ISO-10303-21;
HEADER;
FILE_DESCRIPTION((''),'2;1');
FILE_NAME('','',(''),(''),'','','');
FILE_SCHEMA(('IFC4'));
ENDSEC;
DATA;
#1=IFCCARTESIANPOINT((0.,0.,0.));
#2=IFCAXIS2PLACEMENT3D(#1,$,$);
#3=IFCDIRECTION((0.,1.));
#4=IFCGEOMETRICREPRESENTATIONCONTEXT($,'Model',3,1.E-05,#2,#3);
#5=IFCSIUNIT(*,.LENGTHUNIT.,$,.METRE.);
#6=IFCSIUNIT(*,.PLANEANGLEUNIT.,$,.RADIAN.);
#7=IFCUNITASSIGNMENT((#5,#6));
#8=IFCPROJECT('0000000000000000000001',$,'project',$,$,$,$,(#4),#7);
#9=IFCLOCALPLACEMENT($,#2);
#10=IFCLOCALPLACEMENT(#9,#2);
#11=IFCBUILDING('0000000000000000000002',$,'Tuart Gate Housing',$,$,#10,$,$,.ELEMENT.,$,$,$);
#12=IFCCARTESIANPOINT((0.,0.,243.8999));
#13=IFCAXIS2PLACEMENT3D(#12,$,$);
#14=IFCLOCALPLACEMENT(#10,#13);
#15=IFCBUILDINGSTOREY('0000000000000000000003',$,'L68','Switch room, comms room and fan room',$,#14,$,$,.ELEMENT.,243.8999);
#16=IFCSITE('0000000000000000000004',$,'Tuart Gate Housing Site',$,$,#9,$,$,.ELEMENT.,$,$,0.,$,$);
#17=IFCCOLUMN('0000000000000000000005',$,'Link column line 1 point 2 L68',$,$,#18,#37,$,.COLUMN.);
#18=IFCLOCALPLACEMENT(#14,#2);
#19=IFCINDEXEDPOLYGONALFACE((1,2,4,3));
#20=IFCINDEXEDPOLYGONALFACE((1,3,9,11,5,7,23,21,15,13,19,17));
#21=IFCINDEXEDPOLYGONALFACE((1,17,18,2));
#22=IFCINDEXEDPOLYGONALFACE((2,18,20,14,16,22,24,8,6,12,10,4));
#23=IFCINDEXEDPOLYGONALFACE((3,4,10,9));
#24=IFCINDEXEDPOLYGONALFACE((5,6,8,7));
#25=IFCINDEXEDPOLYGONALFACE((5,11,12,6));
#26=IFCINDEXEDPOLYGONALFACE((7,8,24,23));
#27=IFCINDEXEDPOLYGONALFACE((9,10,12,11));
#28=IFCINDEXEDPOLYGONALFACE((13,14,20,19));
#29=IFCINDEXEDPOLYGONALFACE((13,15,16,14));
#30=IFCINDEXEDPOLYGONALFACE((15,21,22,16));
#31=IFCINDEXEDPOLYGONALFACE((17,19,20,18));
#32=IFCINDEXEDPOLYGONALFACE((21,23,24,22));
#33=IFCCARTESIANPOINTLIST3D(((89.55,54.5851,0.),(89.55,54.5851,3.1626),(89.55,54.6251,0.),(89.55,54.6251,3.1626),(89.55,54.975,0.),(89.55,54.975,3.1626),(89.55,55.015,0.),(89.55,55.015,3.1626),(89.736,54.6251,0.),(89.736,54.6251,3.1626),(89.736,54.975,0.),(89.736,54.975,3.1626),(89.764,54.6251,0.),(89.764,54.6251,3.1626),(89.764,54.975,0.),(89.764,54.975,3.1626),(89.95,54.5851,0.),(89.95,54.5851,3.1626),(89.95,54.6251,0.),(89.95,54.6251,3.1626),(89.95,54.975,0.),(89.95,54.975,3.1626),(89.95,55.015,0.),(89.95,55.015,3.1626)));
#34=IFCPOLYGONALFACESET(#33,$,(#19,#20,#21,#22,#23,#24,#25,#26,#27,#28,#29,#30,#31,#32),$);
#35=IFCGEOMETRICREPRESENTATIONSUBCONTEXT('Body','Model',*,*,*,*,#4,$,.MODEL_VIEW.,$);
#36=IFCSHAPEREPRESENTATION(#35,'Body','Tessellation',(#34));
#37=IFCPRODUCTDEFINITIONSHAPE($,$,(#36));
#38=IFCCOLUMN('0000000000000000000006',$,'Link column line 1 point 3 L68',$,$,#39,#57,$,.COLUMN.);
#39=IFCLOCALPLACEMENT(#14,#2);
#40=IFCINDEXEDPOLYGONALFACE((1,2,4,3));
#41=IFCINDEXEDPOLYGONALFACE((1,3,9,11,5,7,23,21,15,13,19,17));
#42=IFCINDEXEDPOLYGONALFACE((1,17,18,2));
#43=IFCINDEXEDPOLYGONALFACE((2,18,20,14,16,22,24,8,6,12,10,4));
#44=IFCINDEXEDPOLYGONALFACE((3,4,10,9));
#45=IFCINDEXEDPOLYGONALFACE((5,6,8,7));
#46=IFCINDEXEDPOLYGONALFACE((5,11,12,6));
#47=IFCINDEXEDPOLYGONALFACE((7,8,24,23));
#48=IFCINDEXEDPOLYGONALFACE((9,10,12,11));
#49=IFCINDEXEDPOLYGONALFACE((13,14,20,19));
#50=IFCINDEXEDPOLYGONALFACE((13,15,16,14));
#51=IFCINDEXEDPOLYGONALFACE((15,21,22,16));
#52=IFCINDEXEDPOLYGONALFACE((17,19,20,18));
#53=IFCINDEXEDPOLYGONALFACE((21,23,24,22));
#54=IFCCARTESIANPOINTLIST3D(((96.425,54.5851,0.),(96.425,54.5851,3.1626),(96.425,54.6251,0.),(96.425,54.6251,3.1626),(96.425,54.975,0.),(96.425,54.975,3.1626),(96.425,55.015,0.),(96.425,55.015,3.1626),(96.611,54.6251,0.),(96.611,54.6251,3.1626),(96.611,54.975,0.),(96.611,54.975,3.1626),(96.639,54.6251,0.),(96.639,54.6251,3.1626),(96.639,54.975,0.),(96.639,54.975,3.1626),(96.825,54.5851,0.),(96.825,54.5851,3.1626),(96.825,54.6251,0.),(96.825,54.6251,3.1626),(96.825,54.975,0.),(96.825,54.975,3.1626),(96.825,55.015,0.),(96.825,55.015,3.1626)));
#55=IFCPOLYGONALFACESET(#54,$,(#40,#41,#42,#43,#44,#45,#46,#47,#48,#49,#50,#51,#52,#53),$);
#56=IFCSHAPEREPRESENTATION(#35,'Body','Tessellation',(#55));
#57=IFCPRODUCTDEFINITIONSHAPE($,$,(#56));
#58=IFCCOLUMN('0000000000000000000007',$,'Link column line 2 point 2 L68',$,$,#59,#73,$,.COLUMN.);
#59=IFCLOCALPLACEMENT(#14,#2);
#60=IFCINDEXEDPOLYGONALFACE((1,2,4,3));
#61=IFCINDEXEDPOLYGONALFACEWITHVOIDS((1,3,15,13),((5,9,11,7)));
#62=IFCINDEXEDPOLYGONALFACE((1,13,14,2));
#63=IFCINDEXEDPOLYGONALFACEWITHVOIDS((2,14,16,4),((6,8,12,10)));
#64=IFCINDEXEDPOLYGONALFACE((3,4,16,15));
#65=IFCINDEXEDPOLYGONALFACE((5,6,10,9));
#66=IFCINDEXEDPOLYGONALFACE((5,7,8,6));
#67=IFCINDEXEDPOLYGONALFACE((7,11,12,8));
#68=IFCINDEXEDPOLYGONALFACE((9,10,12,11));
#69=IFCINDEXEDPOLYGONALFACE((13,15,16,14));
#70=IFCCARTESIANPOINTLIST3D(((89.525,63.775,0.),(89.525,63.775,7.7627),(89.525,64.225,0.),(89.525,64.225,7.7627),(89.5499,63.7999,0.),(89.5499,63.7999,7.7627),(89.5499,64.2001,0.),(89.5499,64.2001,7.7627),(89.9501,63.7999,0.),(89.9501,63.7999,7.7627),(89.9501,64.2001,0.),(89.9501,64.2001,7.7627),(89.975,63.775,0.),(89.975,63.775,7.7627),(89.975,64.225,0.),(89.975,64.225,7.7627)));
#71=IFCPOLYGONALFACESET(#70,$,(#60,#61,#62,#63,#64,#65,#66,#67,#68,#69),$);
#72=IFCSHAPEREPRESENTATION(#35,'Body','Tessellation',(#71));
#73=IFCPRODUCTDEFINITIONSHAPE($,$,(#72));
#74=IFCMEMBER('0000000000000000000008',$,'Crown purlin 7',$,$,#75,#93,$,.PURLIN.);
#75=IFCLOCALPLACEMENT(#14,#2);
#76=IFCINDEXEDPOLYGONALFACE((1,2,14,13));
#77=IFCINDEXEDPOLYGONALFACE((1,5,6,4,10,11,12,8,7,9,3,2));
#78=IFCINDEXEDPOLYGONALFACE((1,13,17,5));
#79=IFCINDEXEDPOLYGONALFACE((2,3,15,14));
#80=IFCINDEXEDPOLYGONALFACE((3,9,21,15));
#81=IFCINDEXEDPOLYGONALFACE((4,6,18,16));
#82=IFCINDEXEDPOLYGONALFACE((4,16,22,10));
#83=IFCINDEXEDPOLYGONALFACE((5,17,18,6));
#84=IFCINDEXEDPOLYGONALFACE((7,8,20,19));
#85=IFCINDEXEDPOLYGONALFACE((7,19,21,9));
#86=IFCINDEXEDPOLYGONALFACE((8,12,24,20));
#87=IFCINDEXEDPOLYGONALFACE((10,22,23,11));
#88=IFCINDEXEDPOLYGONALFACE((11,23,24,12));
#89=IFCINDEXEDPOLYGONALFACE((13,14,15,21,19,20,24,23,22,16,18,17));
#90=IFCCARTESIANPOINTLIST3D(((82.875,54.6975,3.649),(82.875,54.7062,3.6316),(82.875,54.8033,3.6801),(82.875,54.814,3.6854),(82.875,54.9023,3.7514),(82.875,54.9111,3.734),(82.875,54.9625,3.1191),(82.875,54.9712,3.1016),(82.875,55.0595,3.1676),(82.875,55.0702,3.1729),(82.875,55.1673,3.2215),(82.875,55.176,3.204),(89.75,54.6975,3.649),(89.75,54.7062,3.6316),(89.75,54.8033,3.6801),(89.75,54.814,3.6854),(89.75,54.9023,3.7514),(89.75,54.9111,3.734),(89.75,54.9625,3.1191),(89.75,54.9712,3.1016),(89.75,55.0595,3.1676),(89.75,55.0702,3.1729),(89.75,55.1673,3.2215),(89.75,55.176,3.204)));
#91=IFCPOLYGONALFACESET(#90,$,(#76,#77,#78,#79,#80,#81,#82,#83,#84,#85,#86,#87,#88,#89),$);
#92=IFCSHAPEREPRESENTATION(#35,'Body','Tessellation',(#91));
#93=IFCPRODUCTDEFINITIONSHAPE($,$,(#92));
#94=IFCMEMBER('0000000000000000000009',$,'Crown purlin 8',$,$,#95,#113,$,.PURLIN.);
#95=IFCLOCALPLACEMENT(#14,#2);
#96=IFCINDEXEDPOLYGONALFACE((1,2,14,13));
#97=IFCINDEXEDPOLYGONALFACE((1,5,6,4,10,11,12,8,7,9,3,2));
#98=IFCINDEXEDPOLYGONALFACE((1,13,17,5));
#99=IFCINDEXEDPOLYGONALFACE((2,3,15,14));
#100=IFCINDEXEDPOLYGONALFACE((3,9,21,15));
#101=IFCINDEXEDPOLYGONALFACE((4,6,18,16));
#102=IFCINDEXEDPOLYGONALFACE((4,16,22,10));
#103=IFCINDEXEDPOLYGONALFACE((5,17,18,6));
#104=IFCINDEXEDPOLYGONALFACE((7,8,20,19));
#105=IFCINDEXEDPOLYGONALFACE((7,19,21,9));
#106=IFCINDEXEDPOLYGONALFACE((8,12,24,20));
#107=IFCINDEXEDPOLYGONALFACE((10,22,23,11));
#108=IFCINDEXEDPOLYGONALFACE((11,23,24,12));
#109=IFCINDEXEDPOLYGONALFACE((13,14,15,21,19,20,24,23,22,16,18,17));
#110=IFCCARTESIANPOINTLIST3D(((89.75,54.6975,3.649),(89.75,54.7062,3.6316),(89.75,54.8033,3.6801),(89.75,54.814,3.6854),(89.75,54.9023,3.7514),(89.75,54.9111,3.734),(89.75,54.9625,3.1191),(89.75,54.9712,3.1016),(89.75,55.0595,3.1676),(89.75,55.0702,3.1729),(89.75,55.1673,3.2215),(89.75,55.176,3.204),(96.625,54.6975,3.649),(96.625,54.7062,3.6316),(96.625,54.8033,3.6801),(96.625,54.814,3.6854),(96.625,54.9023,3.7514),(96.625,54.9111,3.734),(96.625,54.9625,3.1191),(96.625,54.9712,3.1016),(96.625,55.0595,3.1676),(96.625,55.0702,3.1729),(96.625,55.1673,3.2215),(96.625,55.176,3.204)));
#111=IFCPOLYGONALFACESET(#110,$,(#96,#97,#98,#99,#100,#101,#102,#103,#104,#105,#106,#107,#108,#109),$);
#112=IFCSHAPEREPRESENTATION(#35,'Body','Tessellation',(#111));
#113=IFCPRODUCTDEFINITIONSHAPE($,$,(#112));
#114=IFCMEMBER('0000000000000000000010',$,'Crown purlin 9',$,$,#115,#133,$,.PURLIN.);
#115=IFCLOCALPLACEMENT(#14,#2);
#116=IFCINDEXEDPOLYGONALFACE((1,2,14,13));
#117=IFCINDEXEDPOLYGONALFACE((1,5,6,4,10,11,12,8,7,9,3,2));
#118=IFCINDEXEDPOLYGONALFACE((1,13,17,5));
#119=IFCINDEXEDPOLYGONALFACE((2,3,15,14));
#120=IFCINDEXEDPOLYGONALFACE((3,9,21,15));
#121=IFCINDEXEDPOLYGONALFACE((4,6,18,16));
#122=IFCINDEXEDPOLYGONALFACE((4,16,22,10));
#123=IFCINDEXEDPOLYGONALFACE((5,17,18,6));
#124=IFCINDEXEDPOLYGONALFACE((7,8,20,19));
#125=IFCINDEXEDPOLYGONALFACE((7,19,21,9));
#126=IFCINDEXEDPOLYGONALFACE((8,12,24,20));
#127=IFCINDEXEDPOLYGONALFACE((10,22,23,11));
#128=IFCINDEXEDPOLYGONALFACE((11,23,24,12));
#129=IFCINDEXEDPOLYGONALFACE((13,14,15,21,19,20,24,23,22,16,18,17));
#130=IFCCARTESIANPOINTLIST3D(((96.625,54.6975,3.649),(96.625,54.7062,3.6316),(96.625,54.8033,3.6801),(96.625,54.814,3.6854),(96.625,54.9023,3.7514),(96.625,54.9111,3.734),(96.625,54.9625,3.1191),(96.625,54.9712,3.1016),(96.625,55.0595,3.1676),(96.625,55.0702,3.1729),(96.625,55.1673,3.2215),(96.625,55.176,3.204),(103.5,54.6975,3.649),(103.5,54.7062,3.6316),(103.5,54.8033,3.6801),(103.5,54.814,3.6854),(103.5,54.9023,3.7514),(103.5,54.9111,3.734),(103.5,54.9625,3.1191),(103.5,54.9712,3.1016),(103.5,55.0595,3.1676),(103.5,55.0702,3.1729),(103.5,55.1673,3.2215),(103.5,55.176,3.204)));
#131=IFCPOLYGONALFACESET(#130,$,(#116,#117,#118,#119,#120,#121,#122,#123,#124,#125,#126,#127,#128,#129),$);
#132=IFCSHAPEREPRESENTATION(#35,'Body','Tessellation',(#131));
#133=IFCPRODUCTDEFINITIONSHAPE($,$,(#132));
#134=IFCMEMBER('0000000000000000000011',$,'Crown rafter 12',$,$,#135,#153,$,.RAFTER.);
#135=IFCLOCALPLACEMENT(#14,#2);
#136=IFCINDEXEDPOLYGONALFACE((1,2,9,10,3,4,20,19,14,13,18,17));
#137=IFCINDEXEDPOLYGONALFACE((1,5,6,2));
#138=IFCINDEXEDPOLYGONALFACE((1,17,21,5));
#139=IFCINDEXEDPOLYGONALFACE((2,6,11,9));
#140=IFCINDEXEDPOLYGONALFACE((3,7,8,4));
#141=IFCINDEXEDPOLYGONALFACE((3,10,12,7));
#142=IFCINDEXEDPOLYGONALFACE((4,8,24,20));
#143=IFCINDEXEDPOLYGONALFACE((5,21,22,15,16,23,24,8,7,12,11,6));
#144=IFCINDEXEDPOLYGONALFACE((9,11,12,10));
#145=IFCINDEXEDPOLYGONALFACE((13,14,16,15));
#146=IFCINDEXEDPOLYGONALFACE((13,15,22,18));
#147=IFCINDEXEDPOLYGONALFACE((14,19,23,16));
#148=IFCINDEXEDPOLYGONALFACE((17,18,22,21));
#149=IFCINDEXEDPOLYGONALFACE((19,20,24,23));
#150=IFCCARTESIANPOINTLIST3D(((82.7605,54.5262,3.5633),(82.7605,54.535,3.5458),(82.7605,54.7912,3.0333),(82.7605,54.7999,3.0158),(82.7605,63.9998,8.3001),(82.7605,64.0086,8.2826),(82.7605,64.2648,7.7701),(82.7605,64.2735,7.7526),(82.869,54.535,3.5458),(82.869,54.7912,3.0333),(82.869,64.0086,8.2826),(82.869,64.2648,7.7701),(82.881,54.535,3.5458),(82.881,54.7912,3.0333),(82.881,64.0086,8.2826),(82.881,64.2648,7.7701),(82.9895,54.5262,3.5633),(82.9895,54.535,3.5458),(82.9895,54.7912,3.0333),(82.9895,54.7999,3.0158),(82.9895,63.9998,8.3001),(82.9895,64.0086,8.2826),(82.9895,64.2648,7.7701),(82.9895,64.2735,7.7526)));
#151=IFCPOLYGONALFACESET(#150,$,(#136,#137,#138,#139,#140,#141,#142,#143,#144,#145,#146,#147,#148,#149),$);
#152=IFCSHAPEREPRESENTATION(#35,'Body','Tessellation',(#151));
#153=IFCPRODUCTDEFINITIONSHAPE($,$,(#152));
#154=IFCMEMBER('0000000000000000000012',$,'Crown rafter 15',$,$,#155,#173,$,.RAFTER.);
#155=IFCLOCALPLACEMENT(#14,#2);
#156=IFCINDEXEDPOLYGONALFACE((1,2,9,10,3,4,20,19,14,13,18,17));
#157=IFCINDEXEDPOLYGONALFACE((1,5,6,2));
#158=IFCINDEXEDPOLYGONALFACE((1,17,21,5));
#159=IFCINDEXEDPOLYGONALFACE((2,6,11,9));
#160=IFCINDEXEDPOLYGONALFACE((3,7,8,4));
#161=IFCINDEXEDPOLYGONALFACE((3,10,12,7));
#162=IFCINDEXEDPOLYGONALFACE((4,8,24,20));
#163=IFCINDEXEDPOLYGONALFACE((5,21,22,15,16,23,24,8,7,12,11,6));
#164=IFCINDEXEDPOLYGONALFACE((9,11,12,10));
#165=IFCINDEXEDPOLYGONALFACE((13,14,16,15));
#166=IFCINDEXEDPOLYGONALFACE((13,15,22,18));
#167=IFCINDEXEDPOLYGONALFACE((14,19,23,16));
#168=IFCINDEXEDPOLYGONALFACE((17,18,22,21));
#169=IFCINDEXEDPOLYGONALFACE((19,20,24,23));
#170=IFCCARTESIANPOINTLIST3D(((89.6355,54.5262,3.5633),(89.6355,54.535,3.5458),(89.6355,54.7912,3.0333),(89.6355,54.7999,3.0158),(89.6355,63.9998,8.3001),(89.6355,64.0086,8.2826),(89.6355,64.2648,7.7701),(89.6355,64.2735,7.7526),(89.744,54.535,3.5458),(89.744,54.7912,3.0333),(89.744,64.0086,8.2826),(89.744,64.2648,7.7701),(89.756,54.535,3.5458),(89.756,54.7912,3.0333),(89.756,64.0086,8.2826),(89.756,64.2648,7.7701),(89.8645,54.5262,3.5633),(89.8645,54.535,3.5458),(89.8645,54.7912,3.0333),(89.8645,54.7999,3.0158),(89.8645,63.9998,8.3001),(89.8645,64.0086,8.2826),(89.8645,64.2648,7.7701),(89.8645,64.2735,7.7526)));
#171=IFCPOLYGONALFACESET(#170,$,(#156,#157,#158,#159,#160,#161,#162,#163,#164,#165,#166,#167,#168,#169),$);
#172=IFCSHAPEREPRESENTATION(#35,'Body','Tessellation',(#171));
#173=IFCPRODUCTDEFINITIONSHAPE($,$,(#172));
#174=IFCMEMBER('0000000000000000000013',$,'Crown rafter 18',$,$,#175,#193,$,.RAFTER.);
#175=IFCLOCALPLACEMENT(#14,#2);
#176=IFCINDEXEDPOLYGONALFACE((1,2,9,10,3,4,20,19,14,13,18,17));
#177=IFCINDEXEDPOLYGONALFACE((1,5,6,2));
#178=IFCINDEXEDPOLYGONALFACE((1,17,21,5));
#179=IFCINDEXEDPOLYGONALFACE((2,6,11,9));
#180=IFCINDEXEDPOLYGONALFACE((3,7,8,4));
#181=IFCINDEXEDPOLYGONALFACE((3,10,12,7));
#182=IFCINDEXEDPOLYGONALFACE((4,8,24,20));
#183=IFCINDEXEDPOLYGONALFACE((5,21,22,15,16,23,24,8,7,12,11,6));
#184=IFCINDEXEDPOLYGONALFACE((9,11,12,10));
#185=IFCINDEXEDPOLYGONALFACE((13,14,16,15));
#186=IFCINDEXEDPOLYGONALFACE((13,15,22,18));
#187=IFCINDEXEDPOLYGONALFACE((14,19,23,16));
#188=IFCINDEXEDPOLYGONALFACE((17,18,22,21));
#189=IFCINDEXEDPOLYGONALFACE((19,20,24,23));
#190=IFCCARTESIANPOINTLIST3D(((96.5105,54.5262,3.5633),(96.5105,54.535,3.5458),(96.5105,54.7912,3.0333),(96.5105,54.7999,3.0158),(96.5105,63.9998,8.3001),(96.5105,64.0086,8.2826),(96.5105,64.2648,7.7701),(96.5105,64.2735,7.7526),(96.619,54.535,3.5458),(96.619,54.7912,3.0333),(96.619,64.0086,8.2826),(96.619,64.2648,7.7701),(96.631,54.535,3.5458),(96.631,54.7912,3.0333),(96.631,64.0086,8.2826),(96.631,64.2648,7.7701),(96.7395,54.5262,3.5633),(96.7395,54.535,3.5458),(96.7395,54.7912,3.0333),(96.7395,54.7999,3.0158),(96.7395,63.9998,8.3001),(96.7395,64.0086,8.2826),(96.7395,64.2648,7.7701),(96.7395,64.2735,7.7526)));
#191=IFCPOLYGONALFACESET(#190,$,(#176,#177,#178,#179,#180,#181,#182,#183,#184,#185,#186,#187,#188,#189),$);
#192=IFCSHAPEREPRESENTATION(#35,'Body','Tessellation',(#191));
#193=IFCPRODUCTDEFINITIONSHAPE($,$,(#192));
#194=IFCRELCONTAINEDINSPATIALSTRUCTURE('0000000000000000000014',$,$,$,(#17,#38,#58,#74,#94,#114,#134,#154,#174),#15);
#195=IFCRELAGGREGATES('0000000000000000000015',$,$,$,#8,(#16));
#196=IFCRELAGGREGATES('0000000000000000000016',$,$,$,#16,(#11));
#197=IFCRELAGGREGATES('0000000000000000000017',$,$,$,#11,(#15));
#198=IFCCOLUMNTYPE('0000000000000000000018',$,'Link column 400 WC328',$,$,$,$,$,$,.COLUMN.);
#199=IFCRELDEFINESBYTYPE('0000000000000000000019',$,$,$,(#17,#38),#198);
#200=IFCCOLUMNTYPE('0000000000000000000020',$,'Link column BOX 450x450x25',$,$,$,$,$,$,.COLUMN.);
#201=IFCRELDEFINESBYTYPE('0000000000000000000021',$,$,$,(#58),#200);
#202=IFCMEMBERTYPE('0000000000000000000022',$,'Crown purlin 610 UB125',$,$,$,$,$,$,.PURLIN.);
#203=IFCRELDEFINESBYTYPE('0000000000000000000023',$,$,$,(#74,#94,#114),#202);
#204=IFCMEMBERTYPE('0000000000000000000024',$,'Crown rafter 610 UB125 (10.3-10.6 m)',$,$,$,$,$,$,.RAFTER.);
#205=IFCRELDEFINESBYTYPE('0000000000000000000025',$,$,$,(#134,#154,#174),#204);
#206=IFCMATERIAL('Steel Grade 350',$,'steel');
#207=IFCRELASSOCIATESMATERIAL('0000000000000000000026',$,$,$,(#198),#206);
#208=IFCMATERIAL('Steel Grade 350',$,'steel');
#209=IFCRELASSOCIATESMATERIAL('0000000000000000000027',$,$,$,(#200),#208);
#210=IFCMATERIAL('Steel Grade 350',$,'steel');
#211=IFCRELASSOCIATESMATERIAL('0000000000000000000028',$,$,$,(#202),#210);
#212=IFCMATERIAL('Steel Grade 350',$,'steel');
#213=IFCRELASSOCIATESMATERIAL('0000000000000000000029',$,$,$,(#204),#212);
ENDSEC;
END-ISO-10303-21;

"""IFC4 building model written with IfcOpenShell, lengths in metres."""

from ifc_helpers import new_model, si_unit, direction, frame, origin, origin_2d, place, context, subcontext, project, spatial, hollow_rectangle, i_section, extrude, material, material_profile, profile_set, type_object, element, save


model = new_model("IFC4")

# Units and contexts
model_context = context("Model", 3, precision=1e-05, world=origin(), true_north=direction((0.0, 1.0)))
body_context = subcontext(model_context, "Body", "Model", "MODEL_VIEW")
ifc_project = project(units=[si_unit("LENGTHUNIT", "METRE"), si_unit("PLANEANGLEUNIT", "RADIAN")], contexts=[model_context])

# Site, building, storey
site_placement = place(None, origin())
site = spatial("IfcSite", under=ifc_project, at=site_placement, Name="Tuart Gate Housing Site", CompositionType="ELEMENT", RefElevation=0.0)
building_placement = place(site_placement, origin())
building = spatial("IfcBuilding", under=site, at=building_placement, Name="Tuart Gate Housing", CompositionType="ELEMENT")
storey_placement = place(building_placement, frame((0.0, 0.0, 243.8999)))
storey = spatial("IfcBuildingStorey", under=building, at=storey_placement, Name="L68", Description="Switch room, comms room and fan room", CompositionType="ELEMENT", Elevation=243.8999)

# Columns
ifc_material_1 = material(Name="Steel Grade 350", Category="steel")
ifc_material_profile_1 = material_profile(ifc_material_1, i_section(OverallWidth=0.3999, OverallDepth=0.4299, WebThickness=0.0281, FlangeThickness=0.04, at=origin_2d()), Name="400WC328")
ifc_profile_set_1 = profile_set([ifc_material_profile_1], Name="Steel Grade 350")
column_type_1 = type_object("IfcColumnType", Name="Link column 400 WC328", PredefinedType="COLUMN", material=ifc_profile_set_1)
for number, where, z_axis, x_axis, name in (
    (1, (89.75, 54.8, 0.0), (0.0, 0.0, 1.0), (1.0, 0.0, 0.0), "Link column line 1 point 2 L68"),
    (2, (96.625, 54.8, 0.0), (0.0, 0.0, 1.0), (1.0, 0.0, 0.0), "Link column line 1 point 3 L68"),
):
    element("IfcColumn", number, at=place(storey_placement, frame(where, z_axis=z_axis, x_axis=x_axis)), inside=storey, type_object=column_type_1, Name=name, PredefinedType="COLUMN", context=body_context, shape_type="SweptSolid", body=[
        extrude(i_section(OverallWidth=0.3999, OverallDepth=0.4299, WebThickness=0.0281, FlangeThickness=0.04, at=origin_2d()), origin(), (0.0, 0.0, 1.0), 3.1626),
    ])
ifc_material_2 = material(Name="Steel Grade 350", Category="steel")
ifc_material_profile_2 = material_profile(ifc_material_2, hollow_rectangle(XDim=0.45, YDim=0.45, WallThickness=0.0249, at=origin_2d()), Name="BOX 450x450x25")
ifc_profile_set_2 = profile_set([ifc_material_profile_2], Name="Steel Grade 350")
column_type_2 = type_object("IfcColumnType", Name="Link column BOX 450x450x25", PredefinedType="COLUMN", material=ifc_profile_set_2)
column_placement = place(storey_placement, frame((89.75, 64.0, 0.0), z_axis=(0.0, 0.0, 1.0), x_axis=(1.0, 0.0, 0.0)))
element("IfcColumn", 3, at=column_placement, inside=storey, type_object=column_type_2, Name="Link column line 2 point 2 L68", PredefinedType="COLUMN", context=body_context, shape_type="SweptSolid", body=[
    extrude(hollow_rectangle(XDim=0.45, YDim=0.45, WallThickness=0.0249, at=origin_2d()), origin(), (0.0, 0.0, 1.0), 7.7627),
])

# Members
ifc_material_3 = material(Name="Steel Grade 350", Category="steel")
ifc_material_profile_3 = material_profile(ifc_material_3, i_section(OverallWidth=0.229, OverallDepth=0.6121, WebThickness=0.012, FlangeThickness=0.0195, at=origin_2d()), Name="610UB125")
ifc_profile_set_3 = profile_set([ifc_material_profile_3], Name="Steel Grade 350")
member_type_1 = type_object("IfcMemberType", Name="Crown purlin 610 UB125", PredefinedType="PURLIN", material=ifc_profile_set_3)
for number, where, z_axis, x_axis, name in (
    (4, (82.875, 54.9368, 3.4265), (1.0, 0.0, 0.0), (0.0, 0.894427, 0.447214), "Crown purlin 7"),
    (5, (89.75, 54.9368, 3.4265), (1.0, 0.0, 0.0), (0.0, 0.894427, 0.447214), "Crown purlin 8"),
    (6, (96.625, 54.9368, 3.4265), (1.0, 0.0, 0.0), (0.0, 0.894427, 0.447214), "Crown purlin 9"),
):
    element("IfcMember", number, at=place(storey_placement, frame(where, z_axis=z_axis, x_axis=x_axis)), inside=storey, type_object=member_type_1, Name=name, PredefinedType="PURLIN", context=body_context, shape_type="SweptSolid", body=[
        extrude(i_section(OverallWidth=0.229, OverallDepth=0.6121, WebThickness=0.012, FlangeThickness=0.0195, at=origin_2d()), origin(), (0.0, 0.0, 1.0), 6.875),
    ])
ifc_material_4 = material(Name="Steel Grade 350", Category="steel")
ifc_material_profile_4 = material_profile(ifc_material_4, i_section(OverallWidth=0.229, OverallDepth=0.6121, WebThickness=0.012, FlangeThickness=0.0195, at=origin_2d()), Name="610UB125")
ifc_profile_set_4 = profile_set([ifc_material_profile_4], Name="Steel Grade 350")
member_type_2 = type_object("IfcMemberType", Name="Crown rafter 610 UB125 (10.3-10.6 m)", PredefinedType="RAFTER", material=ifc_profile_set_4)
for number, where, z_axis, x_axis, name in (
    (7, (82.875, 54.6631, 3.2896), (0.0, 0.894427, 0.447214), (-1.0, 0.0, 0.0), "Crown rafter 12"),
    (8, (89.75, 54.6631, 3.2896), (0.0, 0.894427, 0.447214), (-1.0, 0.0, 0.0), "Crown rafter 15"),
    (9, (96.625, 54.6631, 3.2896), (0.0, 0.894427, 0.447214), (-1.0, 0.0, 0.0), "Crown rafter 18"),
):
    element("IfcMember", number, at=place(storey_placement, frame(where, z_axis=z_axis, x_axis=x_axis)), inside=storey, type_object=member_type_2, Name=name, PredefinedType="RAFTER", context=body_context, shape_type="SweptSolid", body=[
        extrude(i_section(OverallWidth=0.229, OverallDepth=0.6121, WebThickness=0.012, FlangeThickness=0.0195, at=origin_2d()), origin(), (0.0, 0.0, 1.0), 10.5918),
    ])

save(model, "model.ifc")
